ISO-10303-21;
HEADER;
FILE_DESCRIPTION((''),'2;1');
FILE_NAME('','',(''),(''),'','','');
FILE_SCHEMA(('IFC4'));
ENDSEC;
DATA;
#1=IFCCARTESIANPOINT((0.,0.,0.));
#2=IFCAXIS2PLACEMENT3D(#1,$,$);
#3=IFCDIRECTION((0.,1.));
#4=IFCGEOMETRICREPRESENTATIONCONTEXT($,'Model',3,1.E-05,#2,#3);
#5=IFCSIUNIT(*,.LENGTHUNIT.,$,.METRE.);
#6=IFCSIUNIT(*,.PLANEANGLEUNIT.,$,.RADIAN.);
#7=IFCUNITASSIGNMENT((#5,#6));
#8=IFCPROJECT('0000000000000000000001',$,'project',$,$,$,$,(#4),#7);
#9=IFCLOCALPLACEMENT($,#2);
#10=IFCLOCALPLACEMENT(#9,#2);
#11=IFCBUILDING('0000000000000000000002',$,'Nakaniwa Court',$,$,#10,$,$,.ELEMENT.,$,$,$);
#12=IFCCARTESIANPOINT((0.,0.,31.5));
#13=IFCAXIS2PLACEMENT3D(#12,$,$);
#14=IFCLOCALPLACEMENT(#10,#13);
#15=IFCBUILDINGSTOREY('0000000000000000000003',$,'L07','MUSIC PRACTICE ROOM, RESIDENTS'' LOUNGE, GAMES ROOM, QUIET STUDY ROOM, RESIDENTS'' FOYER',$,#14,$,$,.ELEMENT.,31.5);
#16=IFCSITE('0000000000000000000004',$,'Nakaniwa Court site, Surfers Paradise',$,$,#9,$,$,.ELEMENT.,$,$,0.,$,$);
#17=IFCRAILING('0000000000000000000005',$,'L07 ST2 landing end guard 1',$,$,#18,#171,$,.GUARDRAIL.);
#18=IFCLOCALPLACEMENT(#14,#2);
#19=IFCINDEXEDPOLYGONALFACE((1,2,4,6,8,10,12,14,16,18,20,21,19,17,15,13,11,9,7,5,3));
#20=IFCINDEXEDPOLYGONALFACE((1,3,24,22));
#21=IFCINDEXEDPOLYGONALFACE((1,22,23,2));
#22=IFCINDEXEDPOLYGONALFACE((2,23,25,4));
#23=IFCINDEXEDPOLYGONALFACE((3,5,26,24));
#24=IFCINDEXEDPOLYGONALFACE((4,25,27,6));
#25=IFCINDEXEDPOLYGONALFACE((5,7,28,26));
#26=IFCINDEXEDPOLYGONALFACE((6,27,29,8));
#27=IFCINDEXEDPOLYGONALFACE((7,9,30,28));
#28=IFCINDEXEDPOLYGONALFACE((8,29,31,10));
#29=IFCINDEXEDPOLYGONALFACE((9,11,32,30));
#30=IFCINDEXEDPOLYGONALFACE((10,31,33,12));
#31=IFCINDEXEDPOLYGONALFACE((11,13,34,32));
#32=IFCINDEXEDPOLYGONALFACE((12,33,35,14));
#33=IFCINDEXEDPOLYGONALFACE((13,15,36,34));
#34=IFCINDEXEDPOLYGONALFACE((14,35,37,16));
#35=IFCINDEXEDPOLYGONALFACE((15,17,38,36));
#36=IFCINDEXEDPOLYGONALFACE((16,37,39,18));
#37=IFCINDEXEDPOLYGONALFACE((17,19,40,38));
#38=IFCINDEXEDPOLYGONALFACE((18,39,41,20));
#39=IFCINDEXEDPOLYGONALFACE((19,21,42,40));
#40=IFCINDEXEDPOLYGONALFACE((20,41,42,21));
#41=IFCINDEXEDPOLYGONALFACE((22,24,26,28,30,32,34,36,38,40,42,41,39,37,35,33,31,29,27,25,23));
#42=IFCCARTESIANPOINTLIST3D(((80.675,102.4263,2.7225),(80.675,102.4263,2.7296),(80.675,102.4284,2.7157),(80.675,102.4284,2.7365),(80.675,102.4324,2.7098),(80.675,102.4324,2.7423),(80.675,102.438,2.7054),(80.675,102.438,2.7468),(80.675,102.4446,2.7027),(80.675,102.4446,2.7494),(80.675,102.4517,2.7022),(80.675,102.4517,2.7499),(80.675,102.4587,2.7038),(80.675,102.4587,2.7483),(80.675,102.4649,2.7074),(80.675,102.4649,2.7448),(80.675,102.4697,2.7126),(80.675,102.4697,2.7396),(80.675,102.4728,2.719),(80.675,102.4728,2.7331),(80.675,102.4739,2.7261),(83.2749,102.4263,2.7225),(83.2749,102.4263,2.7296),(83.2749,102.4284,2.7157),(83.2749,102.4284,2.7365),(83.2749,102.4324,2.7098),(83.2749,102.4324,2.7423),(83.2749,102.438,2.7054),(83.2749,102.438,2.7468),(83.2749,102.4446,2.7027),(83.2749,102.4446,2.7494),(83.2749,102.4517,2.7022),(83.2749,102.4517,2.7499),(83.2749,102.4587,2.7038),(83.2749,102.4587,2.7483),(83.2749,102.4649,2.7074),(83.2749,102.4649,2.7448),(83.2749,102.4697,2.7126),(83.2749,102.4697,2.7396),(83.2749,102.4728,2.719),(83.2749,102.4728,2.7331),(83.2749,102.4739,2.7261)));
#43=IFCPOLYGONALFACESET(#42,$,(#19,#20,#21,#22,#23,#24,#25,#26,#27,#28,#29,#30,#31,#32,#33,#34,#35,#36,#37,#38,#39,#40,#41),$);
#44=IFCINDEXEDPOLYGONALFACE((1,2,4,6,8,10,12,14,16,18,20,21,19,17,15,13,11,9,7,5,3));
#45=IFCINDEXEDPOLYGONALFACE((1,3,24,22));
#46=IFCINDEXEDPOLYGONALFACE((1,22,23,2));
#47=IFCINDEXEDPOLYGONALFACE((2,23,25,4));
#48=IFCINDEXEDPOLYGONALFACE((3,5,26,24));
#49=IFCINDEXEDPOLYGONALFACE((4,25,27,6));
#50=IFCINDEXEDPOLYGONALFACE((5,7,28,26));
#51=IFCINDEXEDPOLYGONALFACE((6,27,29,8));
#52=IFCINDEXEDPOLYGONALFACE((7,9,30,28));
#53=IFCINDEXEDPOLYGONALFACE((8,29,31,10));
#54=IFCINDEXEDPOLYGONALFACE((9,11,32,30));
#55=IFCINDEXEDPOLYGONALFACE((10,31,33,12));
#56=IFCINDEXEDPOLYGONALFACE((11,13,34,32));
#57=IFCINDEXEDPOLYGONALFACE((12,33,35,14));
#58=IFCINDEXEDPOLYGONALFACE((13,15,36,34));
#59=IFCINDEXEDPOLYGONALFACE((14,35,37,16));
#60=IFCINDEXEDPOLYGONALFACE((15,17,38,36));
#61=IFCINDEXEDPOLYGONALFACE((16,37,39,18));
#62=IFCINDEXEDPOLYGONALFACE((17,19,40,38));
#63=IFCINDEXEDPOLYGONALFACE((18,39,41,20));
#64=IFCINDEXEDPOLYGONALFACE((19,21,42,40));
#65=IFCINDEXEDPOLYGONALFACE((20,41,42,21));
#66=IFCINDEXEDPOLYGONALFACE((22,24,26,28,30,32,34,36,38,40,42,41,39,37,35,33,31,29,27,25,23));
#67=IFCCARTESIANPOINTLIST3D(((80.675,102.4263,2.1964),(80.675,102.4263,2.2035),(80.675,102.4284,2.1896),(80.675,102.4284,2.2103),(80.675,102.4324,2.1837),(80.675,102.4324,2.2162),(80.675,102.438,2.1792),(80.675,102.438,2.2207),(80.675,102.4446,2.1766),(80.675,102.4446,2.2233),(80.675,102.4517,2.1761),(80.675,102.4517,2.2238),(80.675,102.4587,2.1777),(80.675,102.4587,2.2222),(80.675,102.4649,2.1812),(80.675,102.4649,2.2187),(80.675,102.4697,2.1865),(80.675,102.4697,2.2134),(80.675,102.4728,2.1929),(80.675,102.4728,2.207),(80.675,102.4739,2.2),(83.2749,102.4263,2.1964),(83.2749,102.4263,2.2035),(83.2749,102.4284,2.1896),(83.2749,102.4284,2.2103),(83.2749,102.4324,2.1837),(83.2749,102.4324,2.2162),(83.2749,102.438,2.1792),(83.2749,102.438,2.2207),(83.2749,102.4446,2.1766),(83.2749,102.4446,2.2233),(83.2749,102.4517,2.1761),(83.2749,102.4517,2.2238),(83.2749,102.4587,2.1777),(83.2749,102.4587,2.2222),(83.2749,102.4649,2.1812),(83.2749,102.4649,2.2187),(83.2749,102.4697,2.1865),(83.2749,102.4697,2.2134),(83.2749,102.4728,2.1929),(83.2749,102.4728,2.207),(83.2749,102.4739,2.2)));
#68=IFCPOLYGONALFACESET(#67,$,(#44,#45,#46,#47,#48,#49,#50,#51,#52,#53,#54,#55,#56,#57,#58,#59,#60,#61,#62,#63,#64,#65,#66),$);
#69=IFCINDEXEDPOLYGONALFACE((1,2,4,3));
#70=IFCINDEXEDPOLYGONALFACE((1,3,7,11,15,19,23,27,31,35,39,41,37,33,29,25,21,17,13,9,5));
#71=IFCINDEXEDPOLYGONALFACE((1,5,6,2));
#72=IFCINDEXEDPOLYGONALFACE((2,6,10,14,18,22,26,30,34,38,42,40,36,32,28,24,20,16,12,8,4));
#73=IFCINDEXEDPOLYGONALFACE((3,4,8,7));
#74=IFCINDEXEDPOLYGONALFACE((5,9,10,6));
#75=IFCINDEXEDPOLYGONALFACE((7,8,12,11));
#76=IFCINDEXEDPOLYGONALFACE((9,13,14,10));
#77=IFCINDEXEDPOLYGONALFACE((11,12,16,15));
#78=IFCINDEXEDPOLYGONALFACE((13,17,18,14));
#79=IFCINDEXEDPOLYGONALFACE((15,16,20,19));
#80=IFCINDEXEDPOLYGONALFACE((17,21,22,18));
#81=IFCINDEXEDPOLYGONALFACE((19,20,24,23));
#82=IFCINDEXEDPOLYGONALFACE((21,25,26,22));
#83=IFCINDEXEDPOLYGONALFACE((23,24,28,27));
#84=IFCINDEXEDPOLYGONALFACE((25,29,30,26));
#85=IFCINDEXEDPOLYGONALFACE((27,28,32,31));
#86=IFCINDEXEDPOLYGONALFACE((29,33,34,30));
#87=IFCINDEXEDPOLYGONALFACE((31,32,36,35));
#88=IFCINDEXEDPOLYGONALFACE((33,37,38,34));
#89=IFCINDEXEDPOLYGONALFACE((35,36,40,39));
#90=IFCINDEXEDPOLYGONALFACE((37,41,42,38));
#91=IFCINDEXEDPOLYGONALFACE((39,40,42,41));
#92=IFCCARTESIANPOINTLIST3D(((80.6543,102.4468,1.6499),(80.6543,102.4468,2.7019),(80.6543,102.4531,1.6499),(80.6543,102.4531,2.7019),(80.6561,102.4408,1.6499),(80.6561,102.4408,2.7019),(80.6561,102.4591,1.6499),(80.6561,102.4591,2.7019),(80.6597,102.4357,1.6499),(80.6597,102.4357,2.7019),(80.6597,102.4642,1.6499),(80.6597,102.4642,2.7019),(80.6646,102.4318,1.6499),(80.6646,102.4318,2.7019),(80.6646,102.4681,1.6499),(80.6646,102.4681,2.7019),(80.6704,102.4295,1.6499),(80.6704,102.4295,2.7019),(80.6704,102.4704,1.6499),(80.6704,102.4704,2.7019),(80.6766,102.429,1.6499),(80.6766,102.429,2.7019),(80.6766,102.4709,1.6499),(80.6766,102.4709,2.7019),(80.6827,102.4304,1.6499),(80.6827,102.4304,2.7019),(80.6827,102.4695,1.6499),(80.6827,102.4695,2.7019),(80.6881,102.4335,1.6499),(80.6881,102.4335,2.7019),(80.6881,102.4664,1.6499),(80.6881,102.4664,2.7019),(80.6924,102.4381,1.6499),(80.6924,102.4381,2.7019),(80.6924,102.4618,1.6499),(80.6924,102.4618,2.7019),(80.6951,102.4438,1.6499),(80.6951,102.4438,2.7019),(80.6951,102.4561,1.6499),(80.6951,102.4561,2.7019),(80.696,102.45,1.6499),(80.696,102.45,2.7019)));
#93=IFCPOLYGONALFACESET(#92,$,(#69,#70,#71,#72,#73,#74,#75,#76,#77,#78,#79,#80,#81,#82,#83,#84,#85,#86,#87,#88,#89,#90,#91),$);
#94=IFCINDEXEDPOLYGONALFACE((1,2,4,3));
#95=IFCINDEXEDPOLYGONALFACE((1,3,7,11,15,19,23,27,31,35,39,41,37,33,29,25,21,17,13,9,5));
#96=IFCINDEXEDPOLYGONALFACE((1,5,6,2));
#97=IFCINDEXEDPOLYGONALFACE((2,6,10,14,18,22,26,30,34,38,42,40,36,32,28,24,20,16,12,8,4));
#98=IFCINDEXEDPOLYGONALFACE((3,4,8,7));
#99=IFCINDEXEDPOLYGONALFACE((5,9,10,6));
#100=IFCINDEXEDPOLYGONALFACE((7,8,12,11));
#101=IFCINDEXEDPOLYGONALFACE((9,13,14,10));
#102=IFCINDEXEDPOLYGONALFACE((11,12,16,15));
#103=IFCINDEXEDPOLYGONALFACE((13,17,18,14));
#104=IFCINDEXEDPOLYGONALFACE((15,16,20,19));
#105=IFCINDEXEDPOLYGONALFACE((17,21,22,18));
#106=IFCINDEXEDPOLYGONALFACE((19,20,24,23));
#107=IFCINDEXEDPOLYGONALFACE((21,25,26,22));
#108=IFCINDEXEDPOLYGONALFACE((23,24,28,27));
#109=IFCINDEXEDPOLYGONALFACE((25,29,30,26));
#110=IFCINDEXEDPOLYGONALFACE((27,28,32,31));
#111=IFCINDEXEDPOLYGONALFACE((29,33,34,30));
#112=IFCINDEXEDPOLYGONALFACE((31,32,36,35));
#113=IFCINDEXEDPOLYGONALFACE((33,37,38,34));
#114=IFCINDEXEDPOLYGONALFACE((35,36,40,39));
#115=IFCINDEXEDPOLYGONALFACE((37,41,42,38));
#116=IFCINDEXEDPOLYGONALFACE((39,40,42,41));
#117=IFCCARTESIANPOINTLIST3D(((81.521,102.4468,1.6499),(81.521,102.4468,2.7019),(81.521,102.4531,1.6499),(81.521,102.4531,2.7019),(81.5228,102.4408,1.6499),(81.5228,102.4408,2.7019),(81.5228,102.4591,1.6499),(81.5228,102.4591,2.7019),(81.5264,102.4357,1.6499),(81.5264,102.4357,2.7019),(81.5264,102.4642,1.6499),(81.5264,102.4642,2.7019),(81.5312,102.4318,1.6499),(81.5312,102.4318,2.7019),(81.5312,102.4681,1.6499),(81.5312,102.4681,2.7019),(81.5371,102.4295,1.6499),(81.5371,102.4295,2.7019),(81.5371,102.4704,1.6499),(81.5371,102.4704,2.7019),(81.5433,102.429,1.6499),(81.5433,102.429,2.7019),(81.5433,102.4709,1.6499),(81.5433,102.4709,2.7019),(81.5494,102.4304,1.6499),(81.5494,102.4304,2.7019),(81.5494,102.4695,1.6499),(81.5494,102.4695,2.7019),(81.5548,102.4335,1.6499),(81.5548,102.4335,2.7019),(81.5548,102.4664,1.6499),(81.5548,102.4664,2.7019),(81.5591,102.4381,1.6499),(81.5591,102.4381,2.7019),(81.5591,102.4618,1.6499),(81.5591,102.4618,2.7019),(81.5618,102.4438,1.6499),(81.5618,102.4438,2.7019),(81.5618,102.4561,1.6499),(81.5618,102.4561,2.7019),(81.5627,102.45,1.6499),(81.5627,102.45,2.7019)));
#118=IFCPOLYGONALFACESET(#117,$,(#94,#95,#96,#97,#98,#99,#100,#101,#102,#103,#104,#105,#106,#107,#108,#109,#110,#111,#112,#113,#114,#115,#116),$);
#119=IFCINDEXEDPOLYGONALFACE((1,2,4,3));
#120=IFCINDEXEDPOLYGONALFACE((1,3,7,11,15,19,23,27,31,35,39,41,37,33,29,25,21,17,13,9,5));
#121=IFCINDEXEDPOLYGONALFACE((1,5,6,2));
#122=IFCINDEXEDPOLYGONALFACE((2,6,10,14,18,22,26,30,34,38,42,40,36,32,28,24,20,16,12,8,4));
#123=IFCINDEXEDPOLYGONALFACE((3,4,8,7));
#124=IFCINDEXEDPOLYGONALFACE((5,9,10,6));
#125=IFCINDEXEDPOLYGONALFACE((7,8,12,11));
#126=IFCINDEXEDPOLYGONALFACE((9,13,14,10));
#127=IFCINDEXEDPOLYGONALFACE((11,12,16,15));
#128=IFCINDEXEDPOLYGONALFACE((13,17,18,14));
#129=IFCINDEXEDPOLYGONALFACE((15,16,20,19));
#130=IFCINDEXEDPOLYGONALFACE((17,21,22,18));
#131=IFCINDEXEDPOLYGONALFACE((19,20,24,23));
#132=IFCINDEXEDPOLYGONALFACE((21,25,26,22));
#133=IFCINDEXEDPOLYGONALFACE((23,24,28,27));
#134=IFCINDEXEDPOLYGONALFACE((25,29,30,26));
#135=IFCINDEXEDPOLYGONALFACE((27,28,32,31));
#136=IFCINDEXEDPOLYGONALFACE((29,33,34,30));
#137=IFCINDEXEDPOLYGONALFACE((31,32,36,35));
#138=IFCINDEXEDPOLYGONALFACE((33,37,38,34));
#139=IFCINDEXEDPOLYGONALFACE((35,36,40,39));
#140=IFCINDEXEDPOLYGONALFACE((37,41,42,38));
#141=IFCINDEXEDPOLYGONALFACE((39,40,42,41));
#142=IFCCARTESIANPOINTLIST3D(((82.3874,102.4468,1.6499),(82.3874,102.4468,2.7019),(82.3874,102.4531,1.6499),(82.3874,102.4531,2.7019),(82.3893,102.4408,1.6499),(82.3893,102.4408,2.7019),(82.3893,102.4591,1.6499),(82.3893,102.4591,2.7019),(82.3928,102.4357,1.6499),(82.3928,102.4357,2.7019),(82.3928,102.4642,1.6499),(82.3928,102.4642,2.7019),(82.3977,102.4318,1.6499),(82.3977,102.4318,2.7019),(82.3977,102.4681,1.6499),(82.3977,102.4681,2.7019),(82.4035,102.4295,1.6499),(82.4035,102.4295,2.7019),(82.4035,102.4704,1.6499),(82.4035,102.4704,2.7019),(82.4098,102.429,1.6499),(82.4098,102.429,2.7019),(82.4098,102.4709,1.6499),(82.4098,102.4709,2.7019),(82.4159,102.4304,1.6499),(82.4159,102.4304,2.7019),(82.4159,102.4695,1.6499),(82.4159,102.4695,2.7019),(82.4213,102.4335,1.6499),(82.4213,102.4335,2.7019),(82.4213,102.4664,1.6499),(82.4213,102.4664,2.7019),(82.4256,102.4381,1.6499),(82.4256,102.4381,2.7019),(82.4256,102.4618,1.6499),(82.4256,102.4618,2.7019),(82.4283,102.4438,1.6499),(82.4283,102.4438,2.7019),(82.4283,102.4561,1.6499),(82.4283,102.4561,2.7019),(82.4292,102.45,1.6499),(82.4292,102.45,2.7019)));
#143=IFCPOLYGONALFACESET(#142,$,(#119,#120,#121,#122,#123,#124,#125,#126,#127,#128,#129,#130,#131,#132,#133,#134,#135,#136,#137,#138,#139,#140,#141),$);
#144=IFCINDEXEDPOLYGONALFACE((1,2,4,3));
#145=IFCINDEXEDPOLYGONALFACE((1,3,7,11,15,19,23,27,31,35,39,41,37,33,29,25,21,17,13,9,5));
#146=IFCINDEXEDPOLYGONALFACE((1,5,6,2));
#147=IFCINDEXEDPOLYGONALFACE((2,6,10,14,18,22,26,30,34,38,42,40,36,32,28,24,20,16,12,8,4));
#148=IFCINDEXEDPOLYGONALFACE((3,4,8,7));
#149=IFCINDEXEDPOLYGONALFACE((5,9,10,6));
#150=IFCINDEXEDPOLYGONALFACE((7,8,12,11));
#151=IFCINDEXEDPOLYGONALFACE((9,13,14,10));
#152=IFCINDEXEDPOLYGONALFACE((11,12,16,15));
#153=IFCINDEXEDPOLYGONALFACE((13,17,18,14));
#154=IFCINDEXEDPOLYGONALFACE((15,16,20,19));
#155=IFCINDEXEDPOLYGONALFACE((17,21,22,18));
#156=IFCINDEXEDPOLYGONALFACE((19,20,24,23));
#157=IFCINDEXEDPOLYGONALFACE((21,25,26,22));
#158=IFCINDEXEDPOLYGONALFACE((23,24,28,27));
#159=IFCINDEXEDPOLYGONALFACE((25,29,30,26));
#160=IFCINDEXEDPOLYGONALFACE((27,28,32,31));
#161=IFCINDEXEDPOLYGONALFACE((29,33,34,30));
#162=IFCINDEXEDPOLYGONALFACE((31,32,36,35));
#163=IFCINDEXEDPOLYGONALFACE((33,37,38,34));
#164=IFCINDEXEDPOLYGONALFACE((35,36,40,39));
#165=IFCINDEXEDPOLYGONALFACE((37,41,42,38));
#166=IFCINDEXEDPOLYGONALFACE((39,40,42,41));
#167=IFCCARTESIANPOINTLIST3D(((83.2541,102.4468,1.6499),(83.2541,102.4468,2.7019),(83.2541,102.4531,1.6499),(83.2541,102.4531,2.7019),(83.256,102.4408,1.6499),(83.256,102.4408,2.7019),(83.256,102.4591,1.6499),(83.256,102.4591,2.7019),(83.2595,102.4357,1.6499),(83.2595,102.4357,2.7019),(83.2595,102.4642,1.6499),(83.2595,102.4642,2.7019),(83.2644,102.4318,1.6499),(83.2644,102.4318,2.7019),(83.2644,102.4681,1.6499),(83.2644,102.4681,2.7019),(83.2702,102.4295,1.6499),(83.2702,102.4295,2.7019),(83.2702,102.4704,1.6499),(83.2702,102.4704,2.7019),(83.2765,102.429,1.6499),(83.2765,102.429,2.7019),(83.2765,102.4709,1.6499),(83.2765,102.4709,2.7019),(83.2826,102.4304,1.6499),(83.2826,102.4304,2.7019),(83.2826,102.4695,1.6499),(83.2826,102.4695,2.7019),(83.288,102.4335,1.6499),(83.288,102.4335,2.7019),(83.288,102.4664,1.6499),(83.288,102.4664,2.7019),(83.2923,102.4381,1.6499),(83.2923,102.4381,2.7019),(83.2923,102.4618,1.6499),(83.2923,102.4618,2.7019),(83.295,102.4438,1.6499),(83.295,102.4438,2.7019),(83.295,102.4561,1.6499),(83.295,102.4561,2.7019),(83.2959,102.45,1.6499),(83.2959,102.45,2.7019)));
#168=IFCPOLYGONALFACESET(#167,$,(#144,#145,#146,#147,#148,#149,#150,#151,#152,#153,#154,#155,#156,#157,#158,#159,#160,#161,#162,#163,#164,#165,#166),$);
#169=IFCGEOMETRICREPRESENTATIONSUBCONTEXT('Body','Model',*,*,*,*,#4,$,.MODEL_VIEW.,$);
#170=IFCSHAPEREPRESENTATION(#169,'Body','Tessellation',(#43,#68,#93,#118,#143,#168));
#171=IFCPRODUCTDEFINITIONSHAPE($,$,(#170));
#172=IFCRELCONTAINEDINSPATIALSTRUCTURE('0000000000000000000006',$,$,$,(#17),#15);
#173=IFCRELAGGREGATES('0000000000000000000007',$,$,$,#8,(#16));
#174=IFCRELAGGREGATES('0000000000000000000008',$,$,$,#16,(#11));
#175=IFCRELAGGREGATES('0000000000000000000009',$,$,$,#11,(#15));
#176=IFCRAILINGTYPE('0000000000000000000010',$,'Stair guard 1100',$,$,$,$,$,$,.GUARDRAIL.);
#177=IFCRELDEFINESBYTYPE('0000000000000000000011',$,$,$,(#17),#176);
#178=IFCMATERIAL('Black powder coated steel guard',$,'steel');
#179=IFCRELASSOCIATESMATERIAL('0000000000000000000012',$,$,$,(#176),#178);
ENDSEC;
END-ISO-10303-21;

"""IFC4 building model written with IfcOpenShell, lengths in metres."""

from ifc_helpers import new_model, si_unit, direction, frame, origin, origin_2d, place, context, subcontext, project, spatial, circle, extrude, material, type_object, element, save


model = new_model("IFC4")

# Units and contexts
model_context = context("Model", 3, precision=1e-05, world=origin(), true_north=direction((0.0, 1.0)))
body_context = subcontext(model_context, "Body", "Model", "MODEL_VIEW")
ifc_project = project(units=[si_unit("LENGTHUNIT", "METRE"), si_unit("PLANEANGLEUNIT", "RADIAN")], contexts=[model_context])

# Site, building, storey
site_placement = place(None, origin())
site = spatial("IfcSite", under=ifc_project, at=site_placement, Name="Nakaniwa Court site, Surfers Paradise", CompositionType="ELEMENT", RefElevation=0.0)
building_placement = place(site_placement, origin())
building = spatial("IfcBuilding", under=site, at=building_placement, Name="Nakaniwa Court", CompositionType="ELEMENT")
storey_placement = place(building_placement, frame((0.0, 0.0, 31.5)))
storey = spatial("IfcBuildingStorey", under=building, at=storey_placement, Name="L07", Description="MUSIC PRACTICE ROOM, RESIDENTS' LOUNGE, GAMES ROOM, QUIET STUDY ROOM, RESIDENTS' FOYER", CompositionType="ELEMENT", Elevation=31.5)

# Railing
ifc_material_1 = material(Name="Black powder coated steel guard", Category="steel")
railing_type_1 = type_object("IfcRailingType", Name="Stair guard 1100", PredefinedType="GUARDRAIL", material=ifc_material_1)
railing_1_placement = place(storey_placement, frame((80.675, 102.45, 1.6499)))
element("IfcRailing", 1, at=railing_1_placement, inside=storey, type_object=railing_type_1, Name="L07 ST2 landing end guard 1", PredefinedType="GUARDRAIL", context=body_context, shape_type="SweptSolid", body=[
    extrude(circle(Radius=0.0239, at=origin_2d()), frame((0.0, 0.0, 1.0762), z_axis=(1.0, 0.0, 0.0), x_axis=(0.0, 1.0, 0.0)), (0.0, 0.0, 1.0), 2.5999),
    extrude(circle(Radius=0.0239, at=origin_2d()), frame((0.0, 0.0, 0.55), z_axis=(1.0, 0.0, 0.0), x_axis=(0.0, 1.0, 0.0)), (0.0, 0.0, 1.0), 2.5999),
    extrude(circle(Radius=0.021, at=origin_2d()), origin(), (0.0, 0.0, 1.0), 1.052),
    extrude(circle(Radius=0.021, at=origin_2d()), frame((0.8667, 0.0, 0.0)), (0.0, 0.0, 1.0), 1.052),
    extrude(circle(Radius=0.021, at=origin_2d()), frame((1.7332, 0.0, 0.0)), (0.0, 0.0, 1.0), 1.052),
    extrude(circle(Radius=0.021, at=origin_2d()), frame((2.5999, 0.0, 0.0)), (0.0, 0.0, 1.0), 1.052),
])

save(model, "model.ifc")
